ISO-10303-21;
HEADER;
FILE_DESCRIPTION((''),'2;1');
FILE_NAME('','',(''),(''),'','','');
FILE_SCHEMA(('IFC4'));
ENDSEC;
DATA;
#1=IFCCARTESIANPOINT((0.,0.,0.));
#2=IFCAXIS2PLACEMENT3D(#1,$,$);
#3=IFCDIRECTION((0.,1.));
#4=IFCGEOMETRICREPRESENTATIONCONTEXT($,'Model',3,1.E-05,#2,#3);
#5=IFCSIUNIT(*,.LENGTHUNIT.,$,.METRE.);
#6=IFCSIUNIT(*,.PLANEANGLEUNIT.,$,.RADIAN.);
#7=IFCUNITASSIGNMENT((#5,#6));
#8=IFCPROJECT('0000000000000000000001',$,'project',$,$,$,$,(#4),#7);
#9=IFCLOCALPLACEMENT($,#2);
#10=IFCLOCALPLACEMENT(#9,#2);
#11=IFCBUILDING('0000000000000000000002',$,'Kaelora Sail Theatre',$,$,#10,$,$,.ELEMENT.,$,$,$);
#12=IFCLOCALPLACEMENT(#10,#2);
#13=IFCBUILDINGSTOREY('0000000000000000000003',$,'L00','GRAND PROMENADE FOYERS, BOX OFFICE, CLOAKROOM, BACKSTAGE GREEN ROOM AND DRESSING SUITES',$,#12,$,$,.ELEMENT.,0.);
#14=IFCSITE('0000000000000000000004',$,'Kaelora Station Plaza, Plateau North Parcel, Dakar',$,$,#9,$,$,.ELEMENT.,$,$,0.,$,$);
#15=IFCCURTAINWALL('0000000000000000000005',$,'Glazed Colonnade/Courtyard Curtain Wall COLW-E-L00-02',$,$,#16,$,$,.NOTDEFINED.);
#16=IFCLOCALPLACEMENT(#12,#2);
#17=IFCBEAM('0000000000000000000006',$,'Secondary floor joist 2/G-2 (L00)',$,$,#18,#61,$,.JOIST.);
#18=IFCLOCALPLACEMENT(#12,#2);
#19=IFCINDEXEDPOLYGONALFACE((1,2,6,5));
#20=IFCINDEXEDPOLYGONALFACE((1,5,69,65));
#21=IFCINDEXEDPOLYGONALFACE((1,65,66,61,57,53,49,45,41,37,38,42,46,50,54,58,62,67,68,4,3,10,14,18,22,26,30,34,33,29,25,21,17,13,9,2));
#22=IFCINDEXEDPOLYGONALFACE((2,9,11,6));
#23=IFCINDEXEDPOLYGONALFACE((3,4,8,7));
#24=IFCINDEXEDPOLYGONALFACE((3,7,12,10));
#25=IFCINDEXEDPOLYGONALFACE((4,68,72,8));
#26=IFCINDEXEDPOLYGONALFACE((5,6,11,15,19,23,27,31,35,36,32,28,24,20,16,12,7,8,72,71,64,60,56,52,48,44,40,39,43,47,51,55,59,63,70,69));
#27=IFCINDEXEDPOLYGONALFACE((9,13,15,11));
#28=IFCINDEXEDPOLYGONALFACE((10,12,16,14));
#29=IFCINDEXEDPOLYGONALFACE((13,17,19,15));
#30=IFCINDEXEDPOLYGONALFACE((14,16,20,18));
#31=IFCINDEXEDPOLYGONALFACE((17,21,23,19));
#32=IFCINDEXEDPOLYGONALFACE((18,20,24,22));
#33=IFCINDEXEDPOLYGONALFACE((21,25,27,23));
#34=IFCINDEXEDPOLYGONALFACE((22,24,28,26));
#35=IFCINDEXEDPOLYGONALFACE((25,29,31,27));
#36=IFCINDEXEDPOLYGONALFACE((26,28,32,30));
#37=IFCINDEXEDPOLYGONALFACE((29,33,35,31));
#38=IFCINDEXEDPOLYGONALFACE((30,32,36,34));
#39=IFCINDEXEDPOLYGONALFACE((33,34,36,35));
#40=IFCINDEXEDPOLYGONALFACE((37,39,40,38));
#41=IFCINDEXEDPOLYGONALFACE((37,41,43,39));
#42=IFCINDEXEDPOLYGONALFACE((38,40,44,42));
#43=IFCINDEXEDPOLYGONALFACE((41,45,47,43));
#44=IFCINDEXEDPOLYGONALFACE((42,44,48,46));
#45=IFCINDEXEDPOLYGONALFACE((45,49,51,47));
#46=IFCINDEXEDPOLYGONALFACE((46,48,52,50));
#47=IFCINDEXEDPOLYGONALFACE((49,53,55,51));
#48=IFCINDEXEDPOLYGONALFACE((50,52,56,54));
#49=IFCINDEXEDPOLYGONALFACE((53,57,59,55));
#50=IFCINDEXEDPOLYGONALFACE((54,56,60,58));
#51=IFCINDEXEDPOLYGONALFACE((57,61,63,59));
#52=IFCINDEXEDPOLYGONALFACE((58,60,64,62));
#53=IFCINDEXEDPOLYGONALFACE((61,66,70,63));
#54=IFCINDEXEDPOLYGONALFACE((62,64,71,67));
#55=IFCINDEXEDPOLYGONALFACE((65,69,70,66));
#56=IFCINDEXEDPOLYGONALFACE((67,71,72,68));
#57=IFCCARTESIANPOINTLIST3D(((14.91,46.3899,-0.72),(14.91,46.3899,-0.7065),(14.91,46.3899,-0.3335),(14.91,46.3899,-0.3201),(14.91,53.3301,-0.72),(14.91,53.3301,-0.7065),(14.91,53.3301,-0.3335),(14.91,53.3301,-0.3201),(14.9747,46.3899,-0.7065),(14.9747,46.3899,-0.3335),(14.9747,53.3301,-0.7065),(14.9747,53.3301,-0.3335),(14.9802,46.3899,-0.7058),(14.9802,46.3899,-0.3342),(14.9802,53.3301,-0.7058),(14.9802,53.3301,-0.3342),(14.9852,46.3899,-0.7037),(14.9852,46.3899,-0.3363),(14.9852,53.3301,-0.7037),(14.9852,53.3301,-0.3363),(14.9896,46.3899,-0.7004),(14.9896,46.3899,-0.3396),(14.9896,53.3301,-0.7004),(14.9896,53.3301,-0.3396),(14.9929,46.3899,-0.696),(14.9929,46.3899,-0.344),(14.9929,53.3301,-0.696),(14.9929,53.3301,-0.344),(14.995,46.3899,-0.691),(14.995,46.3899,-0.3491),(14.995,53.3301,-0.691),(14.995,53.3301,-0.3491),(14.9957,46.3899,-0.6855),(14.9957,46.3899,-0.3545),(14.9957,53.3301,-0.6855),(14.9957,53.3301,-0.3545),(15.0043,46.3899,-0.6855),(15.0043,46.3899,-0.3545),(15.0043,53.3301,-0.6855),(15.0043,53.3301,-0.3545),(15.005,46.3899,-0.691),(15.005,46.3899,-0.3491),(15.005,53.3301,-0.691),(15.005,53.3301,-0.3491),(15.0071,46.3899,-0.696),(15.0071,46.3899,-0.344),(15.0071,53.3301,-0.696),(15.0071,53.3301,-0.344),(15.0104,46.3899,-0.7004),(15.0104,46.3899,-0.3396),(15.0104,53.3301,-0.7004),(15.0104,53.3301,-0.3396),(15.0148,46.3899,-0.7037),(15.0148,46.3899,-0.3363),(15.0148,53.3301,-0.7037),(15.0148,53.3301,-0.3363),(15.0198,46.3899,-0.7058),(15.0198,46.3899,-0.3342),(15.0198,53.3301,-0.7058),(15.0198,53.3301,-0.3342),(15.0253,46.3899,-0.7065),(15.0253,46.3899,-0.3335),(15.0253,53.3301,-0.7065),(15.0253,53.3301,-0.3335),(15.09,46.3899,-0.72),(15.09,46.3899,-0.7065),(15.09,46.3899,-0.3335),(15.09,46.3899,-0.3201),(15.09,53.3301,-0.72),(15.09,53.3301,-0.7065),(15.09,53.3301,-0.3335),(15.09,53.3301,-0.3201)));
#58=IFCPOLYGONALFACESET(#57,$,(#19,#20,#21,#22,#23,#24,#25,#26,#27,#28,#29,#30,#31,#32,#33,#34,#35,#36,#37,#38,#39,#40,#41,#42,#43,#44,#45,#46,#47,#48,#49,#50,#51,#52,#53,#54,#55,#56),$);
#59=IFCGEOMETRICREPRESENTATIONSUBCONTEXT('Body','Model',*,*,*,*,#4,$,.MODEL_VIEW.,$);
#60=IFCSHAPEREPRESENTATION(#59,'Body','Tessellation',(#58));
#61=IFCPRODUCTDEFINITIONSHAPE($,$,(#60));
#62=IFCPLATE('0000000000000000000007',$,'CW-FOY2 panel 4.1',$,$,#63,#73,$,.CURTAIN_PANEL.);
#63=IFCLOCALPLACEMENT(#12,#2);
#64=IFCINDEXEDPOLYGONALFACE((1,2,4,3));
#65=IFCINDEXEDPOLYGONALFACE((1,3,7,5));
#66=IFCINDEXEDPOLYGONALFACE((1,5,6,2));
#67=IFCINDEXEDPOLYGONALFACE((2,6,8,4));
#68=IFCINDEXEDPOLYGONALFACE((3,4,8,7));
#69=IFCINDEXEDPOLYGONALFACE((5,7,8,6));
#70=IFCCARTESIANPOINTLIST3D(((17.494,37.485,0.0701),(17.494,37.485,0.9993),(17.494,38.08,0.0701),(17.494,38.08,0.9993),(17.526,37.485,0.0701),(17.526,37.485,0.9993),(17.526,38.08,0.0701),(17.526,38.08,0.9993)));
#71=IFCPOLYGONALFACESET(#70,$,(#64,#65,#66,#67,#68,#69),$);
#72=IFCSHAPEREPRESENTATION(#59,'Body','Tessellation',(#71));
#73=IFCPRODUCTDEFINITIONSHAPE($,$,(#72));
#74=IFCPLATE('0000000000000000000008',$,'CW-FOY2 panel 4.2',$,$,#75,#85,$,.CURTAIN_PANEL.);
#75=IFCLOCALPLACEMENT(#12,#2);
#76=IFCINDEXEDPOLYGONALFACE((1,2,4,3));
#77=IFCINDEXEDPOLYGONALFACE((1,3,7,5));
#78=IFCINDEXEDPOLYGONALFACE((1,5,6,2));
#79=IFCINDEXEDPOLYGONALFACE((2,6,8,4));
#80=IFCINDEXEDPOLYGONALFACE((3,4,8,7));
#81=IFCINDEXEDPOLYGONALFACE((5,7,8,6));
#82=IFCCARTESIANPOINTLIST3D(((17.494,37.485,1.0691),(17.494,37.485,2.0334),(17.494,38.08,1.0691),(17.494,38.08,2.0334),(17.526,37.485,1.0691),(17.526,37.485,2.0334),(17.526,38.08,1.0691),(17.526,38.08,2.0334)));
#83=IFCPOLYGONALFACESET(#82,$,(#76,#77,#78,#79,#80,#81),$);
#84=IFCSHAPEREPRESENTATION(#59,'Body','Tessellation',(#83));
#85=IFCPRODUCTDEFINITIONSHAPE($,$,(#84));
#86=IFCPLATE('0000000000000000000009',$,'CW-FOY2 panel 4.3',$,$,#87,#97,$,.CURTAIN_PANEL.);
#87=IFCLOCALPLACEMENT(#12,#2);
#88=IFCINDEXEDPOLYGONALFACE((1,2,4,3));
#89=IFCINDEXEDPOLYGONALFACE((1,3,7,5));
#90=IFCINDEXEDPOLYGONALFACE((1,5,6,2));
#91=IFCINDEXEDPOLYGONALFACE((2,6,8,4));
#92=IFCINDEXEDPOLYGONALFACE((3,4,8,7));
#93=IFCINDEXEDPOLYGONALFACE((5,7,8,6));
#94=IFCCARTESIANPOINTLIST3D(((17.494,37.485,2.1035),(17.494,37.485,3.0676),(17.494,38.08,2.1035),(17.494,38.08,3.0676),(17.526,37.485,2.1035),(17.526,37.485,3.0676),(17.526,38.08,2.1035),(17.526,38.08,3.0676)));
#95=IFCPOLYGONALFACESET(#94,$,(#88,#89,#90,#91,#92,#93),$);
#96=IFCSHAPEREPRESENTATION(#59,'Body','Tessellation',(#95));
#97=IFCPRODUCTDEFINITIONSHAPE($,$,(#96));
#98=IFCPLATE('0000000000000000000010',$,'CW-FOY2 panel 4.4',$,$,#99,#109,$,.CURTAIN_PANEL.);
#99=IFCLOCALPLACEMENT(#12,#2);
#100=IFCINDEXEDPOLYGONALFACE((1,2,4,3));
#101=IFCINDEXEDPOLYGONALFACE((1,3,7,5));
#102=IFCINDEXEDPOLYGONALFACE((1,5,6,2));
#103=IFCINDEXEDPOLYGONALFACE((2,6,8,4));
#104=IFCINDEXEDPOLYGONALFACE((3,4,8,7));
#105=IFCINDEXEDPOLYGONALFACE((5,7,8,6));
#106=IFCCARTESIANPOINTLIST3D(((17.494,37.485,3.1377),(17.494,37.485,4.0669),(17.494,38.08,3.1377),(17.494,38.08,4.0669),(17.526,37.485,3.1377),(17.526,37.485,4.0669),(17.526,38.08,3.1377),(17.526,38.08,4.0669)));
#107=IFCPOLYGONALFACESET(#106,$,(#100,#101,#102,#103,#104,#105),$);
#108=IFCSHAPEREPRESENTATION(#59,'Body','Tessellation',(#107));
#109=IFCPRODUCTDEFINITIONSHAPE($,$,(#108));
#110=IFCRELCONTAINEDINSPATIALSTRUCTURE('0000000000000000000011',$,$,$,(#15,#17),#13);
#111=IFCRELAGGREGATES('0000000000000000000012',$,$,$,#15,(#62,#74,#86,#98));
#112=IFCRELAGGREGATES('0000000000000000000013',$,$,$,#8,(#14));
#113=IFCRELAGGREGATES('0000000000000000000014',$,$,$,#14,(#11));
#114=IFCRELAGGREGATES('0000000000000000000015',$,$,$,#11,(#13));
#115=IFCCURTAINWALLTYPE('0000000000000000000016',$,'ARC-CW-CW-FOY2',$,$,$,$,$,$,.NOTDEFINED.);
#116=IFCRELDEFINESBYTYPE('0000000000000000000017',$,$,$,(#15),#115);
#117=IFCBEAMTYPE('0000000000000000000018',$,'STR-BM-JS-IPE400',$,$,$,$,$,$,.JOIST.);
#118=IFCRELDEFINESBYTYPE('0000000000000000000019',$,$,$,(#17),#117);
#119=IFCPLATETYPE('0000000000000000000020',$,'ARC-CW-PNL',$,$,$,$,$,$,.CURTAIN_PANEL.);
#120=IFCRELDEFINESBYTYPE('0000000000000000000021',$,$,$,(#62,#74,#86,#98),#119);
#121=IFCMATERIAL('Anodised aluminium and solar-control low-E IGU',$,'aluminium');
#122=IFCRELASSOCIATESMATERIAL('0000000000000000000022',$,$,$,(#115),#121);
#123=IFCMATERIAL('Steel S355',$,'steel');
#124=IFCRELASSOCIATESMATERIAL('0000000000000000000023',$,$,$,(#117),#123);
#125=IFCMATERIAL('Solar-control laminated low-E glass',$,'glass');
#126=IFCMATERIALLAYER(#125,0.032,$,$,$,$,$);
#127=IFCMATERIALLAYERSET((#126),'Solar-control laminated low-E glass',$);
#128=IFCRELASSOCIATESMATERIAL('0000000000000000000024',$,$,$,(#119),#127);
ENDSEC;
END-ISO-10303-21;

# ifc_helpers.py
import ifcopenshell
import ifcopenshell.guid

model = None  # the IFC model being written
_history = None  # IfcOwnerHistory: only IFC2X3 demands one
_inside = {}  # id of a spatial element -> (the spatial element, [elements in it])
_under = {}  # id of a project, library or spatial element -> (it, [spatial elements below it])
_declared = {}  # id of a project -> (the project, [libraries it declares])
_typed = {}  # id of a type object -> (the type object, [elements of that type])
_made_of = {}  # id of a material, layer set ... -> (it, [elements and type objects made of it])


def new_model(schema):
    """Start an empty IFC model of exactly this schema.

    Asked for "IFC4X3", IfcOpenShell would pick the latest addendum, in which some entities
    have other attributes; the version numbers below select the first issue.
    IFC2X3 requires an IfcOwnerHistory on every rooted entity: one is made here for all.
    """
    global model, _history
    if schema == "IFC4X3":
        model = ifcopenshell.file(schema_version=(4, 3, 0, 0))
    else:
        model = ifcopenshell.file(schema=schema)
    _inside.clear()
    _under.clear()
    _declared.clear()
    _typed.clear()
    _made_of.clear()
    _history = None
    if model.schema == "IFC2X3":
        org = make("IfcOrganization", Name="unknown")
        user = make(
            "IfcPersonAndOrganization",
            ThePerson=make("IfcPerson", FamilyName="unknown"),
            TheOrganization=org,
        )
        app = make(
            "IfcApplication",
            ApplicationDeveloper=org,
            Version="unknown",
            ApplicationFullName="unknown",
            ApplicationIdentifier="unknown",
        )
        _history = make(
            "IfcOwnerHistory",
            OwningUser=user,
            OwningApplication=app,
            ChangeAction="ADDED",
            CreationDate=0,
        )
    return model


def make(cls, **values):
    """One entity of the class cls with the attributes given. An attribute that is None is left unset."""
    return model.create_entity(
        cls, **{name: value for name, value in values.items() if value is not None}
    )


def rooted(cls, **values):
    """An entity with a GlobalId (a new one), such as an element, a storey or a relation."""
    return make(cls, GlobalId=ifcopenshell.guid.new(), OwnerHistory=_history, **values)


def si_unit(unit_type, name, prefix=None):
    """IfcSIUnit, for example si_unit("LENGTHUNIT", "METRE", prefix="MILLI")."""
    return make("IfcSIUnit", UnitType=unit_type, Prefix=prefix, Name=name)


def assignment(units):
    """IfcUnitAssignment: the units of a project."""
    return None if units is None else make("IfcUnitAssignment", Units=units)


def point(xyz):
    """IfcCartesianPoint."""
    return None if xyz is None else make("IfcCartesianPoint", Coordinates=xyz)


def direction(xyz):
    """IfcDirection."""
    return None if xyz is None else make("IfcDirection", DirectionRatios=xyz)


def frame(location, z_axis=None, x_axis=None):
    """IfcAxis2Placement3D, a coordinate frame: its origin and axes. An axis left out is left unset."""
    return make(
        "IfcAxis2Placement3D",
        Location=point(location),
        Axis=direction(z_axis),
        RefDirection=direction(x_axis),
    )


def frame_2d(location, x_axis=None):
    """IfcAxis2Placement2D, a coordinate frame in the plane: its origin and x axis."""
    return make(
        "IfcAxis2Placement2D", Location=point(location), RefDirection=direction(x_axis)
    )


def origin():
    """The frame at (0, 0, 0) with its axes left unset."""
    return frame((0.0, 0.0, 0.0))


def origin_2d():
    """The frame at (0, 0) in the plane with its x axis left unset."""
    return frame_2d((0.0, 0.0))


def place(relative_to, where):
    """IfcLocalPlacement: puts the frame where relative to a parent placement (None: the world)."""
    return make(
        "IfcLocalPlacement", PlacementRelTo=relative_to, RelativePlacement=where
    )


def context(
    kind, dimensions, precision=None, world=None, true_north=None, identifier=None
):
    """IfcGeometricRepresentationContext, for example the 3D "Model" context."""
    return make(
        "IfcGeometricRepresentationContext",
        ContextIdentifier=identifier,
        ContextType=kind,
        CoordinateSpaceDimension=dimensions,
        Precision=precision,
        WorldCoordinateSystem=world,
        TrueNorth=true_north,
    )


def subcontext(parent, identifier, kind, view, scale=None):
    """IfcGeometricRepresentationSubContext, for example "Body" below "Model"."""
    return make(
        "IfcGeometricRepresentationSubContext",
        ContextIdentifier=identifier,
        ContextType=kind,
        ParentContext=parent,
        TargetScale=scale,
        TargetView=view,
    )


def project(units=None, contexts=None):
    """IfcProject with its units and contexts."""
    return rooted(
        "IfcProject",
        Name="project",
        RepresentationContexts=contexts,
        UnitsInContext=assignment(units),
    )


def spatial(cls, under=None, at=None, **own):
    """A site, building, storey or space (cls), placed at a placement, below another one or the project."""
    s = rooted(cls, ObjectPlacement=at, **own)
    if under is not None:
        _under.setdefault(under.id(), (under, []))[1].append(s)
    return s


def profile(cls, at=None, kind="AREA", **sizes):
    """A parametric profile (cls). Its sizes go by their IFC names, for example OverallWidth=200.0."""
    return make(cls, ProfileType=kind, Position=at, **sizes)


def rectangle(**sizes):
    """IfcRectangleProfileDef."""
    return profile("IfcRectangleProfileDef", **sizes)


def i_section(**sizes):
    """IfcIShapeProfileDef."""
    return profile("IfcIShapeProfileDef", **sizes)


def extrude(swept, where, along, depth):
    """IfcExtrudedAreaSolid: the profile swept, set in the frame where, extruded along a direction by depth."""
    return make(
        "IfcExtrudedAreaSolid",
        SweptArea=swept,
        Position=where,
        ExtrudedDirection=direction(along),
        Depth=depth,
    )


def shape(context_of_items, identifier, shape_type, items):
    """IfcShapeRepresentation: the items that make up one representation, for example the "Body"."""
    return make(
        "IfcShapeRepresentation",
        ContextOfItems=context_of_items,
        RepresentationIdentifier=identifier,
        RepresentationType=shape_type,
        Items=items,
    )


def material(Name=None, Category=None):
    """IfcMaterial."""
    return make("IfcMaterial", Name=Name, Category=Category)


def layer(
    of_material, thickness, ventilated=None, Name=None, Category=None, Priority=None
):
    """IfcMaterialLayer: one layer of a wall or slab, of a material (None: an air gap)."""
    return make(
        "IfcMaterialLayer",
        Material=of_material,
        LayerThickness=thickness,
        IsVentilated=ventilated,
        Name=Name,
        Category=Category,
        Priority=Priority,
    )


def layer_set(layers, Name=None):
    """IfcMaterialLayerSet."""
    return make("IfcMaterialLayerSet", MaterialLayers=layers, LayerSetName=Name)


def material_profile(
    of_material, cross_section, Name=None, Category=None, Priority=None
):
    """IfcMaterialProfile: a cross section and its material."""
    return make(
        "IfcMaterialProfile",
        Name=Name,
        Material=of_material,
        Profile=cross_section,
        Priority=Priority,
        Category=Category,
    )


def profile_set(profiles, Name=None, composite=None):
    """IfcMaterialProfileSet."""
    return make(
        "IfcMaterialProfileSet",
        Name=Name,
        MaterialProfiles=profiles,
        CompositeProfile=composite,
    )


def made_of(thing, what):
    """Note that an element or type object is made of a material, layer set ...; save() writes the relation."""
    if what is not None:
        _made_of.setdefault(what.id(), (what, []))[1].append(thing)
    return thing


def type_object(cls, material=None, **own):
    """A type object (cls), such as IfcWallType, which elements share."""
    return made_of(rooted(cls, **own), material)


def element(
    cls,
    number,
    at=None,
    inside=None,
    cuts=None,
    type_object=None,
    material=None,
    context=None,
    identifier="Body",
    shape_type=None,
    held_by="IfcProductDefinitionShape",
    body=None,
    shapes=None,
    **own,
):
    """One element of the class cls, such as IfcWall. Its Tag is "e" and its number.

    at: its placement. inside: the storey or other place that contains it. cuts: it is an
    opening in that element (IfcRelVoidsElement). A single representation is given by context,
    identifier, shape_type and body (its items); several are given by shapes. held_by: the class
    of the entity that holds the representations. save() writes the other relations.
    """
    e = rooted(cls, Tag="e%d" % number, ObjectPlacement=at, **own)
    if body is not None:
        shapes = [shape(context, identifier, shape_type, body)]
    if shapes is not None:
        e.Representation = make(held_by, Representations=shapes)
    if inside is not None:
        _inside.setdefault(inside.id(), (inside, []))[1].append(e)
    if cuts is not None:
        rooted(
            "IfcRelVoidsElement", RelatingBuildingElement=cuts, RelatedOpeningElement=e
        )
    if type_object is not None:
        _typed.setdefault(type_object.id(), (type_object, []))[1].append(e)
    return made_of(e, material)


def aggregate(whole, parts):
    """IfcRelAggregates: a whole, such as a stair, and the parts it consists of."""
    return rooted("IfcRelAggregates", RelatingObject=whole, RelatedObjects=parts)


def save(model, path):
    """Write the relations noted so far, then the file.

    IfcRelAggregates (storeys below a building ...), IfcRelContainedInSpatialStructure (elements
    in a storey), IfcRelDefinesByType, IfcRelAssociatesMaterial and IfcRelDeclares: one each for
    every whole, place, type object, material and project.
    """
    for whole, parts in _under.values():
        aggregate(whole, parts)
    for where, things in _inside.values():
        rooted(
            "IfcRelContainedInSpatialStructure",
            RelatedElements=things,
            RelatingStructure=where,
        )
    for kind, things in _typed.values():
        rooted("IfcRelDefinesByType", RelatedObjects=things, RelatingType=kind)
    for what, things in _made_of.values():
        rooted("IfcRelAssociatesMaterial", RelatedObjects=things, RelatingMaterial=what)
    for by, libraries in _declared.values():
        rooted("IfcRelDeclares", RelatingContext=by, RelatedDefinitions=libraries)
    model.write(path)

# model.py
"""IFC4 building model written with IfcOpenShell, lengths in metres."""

from ifc_helpers import new_model, si_unit, direction, frame, origin, origin_2d, place, context, subcontext, project, spatial, rectangle, i_section, extrude, material, layer, layer_set, material_profile, profile_set, type_object, element, aggregate, save


model = new_model("IFC4")

# Units and contexts
model_context = context("Model", 3, precision=1e-05, world=origin(), true_north=direction((0.0, 1.0)))
body_context = subcontext(model_context, "Body", "Model", "MODEL_VIEW")
ifc_project = project(units=[si_unit("LENGTHUNIT", "METRE"), si_unit("PLANEANGLEUNIT", "RADIAN")], contexts=[model_context])

# Site, building, storey
site_placement = place(None, origin())
site = spatial("IfcSite", under=ifc_project, at=site_placement, Name="Kaelora Station Plaza, Plateau North Parcel, Dakar", CompositionType="ELEMENT", RefElevation=0.0)
building_placement = place(site_placement, origin())
building = spatial("IfcBuilding", under=site, at=building_placement, Name="Kaelora Sail Theatre", CompositionType="ELEMENT")
storey_placement = place(building_placement, origin())
storey = spatial("IfcBuildingStorey", under=building, at=storey_placement, Name="L00", Description="GRAND PROMENADE FOYERS, BOX OFFICE, CLOAKROOM, BACKSTAGE GREEN ROOM AND DRESSING SUITES", CompositionType="ELEMENT", Elevation=0.0)

# Curtain wall
ifc_material_1 = material(Name="Anodised aluminium and solar-control low-E IGU", Category="aluminium")
curtain_wall_type = type_object("IfcCurtainWallType", Name="ARC-CW-CW-FOY2", PredefinedType="NOTDEFINED", material=ifc_material_1)
curtain_wall_1_placement = place(storey_placement, origin())
curtain_wall_1 = element("IfcCurtainWall", 1, at=curtain_wall_1_placement, inside=storey, type_object=curtain_wall_type, Name="Glazed Colonnade/Courtyard Curtain Wall COLW-E-L00-02", PredefinedType="NOTDEFINED")

# Beam
ifc_material_2 = material(Name="Steel S355", Category="steel")
ifc_material_profile_1 = material_profile(ifc_material_2, i_section(OverallWidth=0.1799, OverallDepth=0.3999, WebThickness=0.0085, FlangeThickness=0.0134, FilletRadius=0.021, at=origin_2d()), Name="IPE 400")
ifc_profile_set_1 = profile_set([ifc_material_profile_1], Name="Steel S355")
beam_type_1 = type_object("IfcBeamType", Name="STR-BM-JS-IPE400", PredefinedType="JOIST", material=ifc_profile_set_1)
beam_1_placement = place(storey_placement, frame((15.0, 46.3899, -0.52), z_axis=(0.0, 1.0, 0.0), x_axis=(-1.0, 0.0, 0.0)))
element("IfcBeam", 2, at=beam_1_placement, inside=storey, type_object=beam_type_1, Name="Secondary floor joist 2/G-2 (L00)", PredefinedType="JOIST", context=body_context, shape_type="SweptSolid", body=[
    extrude(i_section(OverallWidth=0.1799, OverallDepth=0.3999, WebThickness=0.0085, FlangeThickness=0.0134, FilletRadius=0.021, at=origin_2d()), origin(), (0.0, 0.0, 1.0), 6.9402),
])

# Plates
ifc_material_3 = material(Name="Solar-control laminated low-E glass", Category="glass")
ifc_layer = layer(ifc_material_3, 0.032)
ifc_layer_set = layer_set([ifc_layer], Name="Solar-control laminated low-E glass")
plate_type = type_object("IfcPlateType", Name="ARC-CW-PNL", PredefinedType="CURTAIN_PANEL", material=ifc_layer_set)
plate_1_placement = place(storey_placement, frame((17.51, 37.7825, 0.0701), z_axis=(0.0, 0.0, 1.0), x_axis=(0.0, 1.0, 0.0)))
plate_1 = element("IfcPlate", 3, at=plate_1_placement, type_object=plate_type, Name="CW-FOY2 panel 4.1", PredefinedType="CURTAIN_PANEL", context=body_context, shape_type="SweptSolid", body=[
    extrude(rectangle(XDim=0.595, YDim=0.032, at=origin_2d()), origin(), (0.0, 0.0, 1.0), 0.9292),
])
plate_2_placement = place(storey_placement, frame((17.51, 37.7825, 1.0691), z_axis=(0.0, 0.0, 1.0), x_axis=(0.0, 1.0, 0.0)))
plate_2 = element("IfcPlate", 4, at=plate_2_placement, type_object=plate_type, Name="CW-FOY2 panel 4.2", PredefinedType="CURTAIN_PANEL", context=body_context, shape_type="SweptSolid", body=[
    extrude(rectangle(XDim=0.595, YDim=0.032, at=origin_2d()), origin(), (0.0, 0.0, 1.0), 0.9644),
])
plate_3_placement = place(storey_placement, frame((17.51, 37.7825, 2.1035), z_axis=(0.0, 0.0, 1.0), x_axis=(0.0, 1.0, 0.0)))
plate_3 = element("IfcPlate", 5, at=plate_3_placement, type_object=plate_type, Name="CW-FOY2 panel 4.3", PredefinedType="CURTAIN_PANEL", context=body_context, shape_type="SweptSolid", body=[
    extrude(rectangle(XDim=0.595, YDim=0.032, at=origin_2d()), origin(), (0.0, 0.0, 1.0), 0.9641),
])
plate_4_placement = place(storey_placement, frame((17.51, 37.7825, 3.1377), z_axis=(0.0, 0.0, 1.0), x_axis=(0.0, 1.0, 0.0)))
plate_4 = element("IfcPlate", 6, at=plate_4_placement, type_object=plate_type, Name="CW-FOY2 panel 4.4", PredefinedType="CURTAIN_PANEL", context=body_context, shape_type="SweptSolid", body=[
    extrude(rectangle(XDim=0.595, YDim=0.032, at=origin_2d()), origin(), (0.0, 0.0, 1.0), 0.9292),
])
aggregate(curtain_wall_1, [plate_1, plate_2, plate_3, plate_4])

save(model, "model.ifc")
